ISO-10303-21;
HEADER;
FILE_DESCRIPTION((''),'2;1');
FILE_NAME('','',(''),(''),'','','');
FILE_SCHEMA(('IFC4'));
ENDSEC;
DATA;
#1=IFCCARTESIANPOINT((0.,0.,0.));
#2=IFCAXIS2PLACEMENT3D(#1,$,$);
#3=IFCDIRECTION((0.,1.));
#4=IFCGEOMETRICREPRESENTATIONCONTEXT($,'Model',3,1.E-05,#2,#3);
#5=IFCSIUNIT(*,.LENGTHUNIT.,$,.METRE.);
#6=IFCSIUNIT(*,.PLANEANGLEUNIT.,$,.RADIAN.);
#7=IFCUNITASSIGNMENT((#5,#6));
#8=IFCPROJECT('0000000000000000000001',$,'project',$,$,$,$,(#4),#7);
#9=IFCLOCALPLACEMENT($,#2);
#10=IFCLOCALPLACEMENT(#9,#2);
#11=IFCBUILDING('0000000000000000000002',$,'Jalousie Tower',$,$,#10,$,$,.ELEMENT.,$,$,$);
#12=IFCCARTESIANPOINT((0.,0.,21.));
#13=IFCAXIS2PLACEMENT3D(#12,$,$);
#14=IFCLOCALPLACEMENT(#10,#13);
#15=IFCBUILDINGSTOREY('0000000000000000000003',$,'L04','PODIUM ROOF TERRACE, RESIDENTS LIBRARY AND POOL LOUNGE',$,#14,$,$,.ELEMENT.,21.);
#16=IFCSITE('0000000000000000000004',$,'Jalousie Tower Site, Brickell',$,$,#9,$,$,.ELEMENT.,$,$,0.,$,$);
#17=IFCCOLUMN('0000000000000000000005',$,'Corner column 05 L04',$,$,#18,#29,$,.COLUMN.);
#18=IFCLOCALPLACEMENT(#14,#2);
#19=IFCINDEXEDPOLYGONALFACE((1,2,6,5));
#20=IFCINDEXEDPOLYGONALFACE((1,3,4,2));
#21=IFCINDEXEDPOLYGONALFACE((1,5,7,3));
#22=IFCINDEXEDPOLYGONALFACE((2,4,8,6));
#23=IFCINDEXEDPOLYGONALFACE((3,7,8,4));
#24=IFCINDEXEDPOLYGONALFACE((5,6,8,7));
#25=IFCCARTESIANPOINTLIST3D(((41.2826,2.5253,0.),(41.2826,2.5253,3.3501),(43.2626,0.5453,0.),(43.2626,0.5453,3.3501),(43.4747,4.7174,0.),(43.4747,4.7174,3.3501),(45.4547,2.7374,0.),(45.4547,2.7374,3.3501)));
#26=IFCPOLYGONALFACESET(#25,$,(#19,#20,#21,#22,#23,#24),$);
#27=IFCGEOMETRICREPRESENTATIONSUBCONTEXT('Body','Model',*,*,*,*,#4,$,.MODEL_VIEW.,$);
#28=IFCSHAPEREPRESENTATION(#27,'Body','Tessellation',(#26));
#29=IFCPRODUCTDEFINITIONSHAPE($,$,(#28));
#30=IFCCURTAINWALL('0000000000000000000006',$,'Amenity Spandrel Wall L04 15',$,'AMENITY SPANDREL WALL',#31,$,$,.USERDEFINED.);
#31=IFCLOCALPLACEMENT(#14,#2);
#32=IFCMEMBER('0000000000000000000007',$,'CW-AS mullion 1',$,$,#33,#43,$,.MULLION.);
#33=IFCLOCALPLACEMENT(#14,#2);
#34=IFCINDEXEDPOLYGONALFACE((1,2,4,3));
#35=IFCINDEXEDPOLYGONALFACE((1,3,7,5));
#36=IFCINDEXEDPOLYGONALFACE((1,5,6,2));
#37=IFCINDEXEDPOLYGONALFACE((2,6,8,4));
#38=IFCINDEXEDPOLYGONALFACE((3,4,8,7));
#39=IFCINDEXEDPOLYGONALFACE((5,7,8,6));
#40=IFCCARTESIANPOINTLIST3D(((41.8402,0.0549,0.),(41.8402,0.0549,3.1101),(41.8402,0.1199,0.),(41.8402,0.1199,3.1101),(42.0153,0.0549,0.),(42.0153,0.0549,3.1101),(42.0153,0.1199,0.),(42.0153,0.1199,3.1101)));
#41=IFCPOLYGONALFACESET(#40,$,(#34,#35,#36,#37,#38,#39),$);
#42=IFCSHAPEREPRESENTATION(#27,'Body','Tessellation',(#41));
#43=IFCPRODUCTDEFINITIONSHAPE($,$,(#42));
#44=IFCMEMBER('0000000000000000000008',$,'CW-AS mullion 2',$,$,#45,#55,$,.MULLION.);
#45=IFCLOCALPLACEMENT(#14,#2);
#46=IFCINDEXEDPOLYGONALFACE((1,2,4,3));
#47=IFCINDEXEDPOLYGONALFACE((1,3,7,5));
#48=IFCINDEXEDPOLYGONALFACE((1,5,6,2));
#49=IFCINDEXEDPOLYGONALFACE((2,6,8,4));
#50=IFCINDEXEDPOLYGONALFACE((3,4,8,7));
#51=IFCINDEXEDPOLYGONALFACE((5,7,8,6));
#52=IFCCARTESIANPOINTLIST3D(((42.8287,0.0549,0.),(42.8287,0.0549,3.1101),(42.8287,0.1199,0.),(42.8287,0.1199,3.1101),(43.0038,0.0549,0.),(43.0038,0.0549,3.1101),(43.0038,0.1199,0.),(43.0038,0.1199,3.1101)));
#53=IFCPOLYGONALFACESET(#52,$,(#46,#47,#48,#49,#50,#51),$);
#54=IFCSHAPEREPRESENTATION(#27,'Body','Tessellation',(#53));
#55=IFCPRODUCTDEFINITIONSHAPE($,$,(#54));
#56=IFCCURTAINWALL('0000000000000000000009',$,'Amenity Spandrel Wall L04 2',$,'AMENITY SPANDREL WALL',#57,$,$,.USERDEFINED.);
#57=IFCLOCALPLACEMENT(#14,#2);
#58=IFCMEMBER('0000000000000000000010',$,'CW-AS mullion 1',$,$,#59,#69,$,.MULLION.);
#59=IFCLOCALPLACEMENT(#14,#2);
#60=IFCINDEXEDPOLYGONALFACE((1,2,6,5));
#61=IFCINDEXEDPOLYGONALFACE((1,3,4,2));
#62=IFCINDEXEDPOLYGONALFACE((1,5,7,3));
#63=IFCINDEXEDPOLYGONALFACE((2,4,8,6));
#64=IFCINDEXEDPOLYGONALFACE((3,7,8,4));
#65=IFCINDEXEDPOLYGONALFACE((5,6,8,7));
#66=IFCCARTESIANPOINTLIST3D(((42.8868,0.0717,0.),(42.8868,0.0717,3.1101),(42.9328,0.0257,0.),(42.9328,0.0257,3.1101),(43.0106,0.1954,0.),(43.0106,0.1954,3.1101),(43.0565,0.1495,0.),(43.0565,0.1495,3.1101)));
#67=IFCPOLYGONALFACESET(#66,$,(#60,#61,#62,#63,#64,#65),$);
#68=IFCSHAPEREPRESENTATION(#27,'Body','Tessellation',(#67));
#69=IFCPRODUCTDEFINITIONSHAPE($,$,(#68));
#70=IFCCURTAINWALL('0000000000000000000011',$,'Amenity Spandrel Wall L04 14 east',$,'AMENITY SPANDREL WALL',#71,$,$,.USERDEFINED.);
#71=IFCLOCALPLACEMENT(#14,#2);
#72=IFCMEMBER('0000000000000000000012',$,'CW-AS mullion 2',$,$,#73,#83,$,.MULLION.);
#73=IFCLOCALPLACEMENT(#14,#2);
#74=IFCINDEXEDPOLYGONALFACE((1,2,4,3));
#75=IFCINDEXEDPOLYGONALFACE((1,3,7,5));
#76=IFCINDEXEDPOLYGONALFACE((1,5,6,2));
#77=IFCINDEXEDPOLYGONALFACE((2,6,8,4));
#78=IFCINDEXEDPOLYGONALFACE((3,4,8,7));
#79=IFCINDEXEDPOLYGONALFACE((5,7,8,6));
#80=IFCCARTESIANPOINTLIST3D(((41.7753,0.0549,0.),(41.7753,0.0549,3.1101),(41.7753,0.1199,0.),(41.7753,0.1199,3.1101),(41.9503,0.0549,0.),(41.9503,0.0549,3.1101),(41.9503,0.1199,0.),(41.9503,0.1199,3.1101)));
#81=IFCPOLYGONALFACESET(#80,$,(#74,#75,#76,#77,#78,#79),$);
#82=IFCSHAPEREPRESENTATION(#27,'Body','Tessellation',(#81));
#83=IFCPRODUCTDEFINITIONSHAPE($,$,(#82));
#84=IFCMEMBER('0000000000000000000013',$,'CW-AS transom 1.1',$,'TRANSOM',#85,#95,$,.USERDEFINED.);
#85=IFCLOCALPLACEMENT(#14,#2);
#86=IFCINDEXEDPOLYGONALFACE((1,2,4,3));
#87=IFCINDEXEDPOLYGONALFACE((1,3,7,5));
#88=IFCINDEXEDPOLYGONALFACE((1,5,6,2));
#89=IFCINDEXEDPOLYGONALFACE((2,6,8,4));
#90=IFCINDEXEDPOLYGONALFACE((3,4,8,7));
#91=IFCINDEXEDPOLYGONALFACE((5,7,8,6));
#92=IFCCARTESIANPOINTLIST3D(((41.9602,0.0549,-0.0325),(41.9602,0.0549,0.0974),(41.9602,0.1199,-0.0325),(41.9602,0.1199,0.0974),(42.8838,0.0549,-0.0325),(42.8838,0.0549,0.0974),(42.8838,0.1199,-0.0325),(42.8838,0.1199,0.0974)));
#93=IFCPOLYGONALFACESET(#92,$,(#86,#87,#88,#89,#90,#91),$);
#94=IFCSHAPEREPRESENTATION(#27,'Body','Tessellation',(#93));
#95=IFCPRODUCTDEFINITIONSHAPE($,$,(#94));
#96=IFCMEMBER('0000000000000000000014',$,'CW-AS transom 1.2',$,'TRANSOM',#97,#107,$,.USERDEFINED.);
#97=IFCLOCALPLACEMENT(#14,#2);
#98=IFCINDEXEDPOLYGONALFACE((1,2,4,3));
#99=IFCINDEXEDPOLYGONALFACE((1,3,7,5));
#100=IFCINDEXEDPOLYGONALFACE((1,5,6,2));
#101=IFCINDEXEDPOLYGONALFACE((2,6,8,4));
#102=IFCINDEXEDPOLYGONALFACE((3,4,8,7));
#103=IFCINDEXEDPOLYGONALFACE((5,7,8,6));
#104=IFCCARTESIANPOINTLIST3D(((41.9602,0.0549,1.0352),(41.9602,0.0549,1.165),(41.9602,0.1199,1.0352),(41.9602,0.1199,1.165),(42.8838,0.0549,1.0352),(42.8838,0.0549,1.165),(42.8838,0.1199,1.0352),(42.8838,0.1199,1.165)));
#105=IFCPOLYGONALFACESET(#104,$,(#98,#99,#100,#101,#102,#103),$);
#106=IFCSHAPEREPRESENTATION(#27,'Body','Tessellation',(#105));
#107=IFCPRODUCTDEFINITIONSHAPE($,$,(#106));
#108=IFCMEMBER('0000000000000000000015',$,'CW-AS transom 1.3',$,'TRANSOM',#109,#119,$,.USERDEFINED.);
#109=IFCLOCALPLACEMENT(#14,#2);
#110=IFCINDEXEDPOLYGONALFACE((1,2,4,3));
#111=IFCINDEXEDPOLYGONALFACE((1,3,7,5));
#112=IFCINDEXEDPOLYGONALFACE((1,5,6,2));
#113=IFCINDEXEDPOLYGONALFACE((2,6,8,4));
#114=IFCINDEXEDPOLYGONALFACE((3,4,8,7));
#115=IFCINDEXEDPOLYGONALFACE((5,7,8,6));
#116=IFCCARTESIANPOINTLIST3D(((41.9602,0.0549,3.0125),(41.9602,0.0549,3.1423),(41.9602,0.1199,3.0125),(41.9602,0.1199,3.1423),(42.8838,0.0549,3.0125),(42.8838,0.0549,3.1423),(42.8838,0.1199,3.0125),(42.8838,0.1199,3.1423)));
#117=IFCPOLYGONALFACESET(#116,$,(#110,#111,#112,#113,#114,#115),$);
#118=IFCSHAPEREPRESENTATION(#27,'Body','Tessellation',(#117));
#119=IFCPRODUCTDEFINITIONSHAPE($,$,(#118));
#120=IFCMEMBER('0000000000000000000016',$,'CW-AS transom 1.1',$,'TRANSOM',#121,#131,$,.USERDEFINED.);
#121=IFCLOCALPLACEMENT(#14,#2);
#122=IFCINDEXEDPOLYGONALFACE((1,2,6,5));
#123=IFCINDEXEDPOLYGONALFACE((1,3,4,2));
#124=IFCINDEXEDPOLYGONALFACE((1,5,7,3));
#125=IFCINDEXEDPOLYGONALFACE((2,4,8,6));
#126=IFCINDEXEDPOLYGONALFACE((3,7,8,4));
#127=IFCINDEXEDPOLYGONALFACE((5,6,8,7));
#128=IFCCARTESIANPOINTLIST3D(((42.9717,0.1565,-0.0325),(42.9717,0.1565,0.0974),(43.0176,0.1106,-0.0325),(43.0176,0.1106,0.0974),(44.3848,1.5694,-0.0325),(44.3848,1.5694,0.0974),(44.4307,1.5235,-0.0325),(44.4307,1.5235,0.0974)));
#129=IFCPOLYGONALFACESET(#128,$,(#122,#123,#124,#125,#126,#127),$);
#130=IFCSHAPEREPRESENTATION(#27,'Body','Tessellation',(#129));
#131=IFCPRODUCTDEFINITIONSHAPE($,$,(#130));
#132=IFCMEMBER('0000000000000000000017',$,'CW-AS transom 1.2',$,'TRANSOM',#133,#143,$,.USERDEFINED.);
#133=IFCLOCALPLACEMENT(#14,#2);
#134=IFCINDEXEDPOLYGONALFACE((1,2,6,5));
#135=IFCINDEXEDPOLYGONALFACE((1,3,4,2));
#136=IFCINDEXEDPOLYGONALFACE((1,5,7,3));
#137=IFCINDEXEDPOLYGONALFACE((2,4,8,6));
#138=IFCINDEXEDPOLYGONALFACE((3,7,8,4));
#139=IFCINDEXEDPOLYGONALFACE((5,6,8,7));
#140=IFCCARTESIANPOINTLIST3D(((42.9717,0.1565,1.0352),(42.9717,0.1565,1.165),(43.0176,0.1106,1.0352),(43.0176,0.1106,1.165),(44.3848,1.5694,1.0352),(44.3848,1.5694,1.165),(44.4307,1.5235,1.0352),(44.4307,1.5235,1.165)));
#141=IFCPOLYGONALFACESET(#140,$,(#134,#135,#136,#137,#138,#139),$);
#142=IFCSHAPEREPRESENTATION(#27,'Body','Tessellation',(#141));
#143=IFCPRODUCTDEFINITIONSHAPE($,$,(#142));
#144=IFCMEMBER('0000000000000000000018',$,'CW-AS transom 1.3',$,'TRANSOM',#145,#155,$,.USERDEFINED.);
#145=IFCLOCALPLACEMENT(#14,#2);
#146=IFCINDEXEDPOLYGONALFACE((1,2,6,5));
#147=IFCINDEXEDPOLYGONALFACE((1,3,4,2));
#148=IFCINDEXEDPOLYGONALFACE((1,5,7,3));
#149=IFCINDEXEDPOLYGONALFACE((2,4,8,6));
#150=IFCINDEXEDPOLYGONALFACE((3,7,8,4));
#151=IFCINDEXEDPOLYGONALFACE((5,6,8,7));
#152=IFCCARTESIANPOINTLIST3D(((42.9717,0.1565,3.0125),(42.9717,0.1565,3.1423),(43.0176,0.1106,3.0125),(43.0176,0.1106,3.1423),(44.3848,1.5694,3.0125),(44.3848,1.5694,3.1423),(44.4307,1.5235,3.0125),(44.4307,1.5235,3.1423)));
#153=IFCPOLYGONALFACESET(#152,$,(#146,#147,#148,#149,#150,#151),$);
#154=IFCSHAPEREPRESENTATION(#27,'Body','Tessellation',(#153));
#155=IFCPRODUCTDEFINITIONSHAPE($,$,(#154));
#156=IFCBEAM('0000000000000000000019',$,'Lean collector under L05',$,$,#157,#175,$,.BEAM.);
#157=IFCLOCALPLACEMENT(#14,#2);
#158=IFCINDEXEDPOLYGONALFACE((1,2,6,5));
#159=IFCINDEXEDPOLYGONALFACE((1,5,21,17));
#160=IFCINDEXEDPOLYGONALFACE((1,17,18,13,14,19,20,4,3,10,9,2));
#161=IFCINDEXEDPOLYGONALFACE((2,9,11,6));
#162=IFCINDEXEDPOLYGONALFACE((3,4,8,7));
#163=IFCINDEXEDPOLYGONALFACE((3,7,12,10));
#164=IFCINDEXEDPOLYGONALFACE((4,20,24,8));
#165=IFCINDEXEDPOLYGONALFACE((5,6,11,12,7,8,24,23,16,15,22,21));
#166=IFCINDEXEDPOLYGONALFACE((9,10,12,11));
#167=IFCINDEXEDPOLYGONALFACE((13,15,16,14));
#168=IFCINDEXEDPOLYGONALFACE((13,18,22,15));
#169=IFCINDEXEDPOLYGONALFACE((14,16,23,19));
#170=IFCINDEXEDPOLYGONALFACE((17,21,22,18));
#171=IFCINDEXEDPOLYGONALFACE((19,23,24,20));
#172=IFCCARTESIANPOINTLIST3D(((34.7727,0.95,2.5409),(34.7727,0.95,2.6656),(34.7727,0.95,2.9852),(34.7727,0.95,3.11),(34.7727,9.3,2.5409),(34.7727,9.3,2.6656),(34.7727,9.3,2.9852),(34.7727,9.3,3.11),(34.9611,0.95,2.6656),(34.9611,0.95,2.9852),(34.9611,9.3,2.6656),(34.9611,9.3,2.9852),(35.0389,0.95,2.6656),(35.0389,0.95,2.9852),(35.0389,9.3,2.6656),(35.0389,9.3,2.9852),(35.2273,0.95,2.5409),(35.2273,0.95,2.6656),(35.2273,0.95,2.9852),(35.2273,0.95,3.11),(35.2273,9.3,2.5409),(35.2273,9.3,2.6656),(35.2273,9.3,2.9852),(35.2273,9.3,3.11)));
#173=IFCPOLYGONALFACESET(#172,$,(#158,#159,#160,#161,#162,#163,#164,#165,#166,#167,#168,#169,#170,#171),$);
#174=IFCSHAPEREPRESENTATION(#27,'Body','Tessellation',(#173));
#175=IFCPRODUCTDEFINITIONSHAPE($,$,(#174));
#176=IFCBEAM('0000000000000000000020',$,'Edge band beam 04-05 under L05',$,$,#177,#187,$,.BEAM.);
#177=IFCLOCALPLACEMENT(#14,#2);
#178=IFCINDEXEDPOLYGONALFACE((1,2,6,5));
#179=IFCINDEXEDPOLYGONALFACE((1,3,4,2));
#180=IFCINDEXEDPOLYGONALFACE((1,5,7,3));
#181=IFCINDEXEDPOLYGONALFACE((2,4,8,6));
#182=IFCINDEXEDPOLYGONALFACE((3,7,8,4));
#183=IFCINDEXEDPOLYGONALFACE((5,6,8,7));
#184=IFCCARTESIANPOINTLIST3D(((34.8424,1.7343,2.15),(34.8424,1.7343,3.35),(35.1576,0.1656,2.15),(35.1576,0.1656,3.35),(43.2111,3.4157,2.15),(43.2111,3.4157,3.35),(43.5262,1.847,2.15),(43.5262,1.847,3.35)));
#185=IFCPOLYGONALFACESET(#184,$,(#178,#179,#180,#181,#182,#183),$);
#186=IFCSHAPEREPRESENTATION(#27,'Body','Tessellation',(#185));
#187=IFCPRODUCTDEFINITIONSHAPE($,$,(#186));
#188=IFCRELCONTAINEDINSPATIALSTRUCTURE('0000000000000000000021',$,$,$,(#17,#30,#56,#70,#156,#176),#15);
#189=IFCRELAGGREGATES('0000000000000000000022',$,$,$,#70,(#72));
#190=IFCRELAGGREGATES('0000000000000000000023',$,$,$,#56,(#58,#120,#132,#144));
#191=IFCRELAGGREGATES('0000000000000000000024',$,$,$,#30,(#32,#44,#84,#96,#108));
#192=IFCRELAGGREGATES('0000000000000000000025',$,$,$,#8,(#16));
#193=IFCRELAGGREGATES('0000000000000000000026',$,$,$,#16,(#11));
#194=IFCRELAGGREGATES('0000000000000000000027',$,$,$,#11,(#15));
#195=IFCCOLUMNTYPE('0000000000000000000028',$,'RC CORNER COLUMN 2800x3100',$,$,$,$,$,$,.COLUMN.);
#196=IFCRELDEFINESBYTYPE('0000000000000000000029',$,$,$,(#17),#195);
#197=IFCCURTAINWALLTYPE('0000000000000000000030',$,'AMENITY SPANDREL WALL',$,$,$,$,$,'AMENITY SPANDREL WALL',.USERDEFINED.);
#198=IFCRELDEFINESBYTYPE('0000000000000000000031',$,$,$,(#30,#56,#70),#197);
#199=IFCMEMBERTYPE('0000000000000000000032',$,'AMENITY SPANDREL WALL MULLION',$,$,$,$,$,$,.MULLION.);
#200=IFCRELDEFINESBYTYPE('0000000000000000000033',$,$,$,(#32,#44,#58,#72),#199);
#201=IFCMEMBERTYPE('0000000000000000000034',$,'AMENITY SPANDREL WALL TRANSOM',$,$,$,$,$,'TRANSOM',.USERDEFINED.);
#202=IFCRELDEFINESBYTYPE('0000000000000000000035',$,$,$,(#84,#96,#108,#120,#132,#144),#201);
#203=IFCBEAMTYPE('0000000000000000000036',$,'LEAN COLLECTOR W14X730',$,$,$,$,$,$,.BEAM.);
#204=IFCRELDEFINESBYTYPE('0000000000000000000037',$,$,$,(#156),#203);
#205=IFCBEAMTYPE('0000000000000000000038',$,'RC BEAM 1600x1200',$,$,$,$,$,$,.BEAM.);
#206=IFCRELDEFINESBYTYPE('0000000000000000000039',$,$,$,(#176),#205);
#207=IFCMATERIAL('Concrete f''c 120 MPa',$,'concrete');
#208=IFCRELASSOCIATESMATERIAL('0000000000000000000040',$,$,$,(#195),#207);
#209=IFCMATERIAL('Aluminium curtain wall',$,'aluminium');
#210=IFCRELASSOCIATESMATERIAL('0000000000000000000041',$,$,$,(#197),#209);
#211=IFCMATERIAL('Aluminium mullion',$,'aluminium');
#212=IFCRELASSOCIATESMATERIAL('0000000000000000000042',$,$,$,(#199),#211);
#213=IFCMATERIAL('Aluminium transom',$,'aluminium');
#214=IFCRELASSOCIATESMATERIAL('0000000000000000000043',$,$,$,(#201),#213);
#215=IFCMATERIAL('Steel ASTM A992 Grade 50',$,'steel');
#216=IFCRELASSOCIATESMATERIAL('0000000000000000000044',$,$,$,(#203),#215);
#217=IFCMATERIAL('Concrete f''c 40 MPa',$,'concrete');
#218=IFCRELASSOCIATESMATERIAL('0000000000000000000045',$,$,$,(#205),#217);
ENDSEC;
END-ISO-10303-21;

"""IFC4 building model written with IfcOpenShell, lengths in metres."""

from ifc_helpers import new_model, si_unit, direction, frame, origin, origin_2d, place, context, subcontext, project, spatial, rectangle, i_section, extrude, material, material_profile, profile_set, type_object, element, aggregate, save


model = new_model("IFC4")

# Units and contexts
model_context = context("Model", 3, precision=1e-05, world=origin(), true_north=direction((0.0, 1.0)))
body_context = subcontext(model_context, "Body", "Model", "MODEL_VIEW")
ifc_project = project(units=[si_unit("LENGTHUNIT", "METRE"), si_unit("PLANEANGLEUNIT", "RADIAN")], contexts=[model_context])

# Site, building, storey
site_placement = place(None, origin())
site = spatial("IfcSite", under=ifc_project, at=site_placement, Name="Jalousie Tower Site, Brickell", CompositionType="ELEMENT", RefElevation=0.0)
building_placement = place(site_placement, origin())
building = spatial("IfcBuilding", under=site, at=building_placement, Name="Jalousie Tower", CompositionType="ELEMENT")
storey_placement = place(building_placement, frame((0.0, 0.0, 21.0)))
storey = spatial("IfcBuildingStorey", under=building, at=storey_placement, Name="L04", Description="PODIUM ROOF TERRACE, RESIDENTS LIBRARY AND POOL LOUNGE", CompositionType="ELEMENT", Elevation=21.0)

# Column
ifc_material_1 = material(Name="Concrete f'c 120 MPa", Category="concrete")
ifc_material_profile_1 = material_profile(ifc_material_1, rectangle(XDim=2.8, YDim=3.1001, at=origin_2d()), Name="RC 2800x3100")
ifc_profile_set_1 = profile_set([ifc_material_profile_1], Name="Concrete f'c 120 MPa")
column_type = type_object("IfcColumnType", Name="RC CORNER COLUMN 2800x3100", PredefinedType="COLUMN", material=ifc_profile_set_1)
column_placement = place(storey_placement, frame((43.3687, 2.6313, 0.0), z_axis=(0.0, 0.0, 1.0), x_axis=(-0.707107, 0.707107, 0.0)))
element("IfcColumn", 1, at=column_placement, inside=storey, type_object=column_type, Name="Corner column 05 L04", PredefinedType="COLUMN", context=body_context, shape_type="SweptSolid", body=[
    extrude(rectangle(XDim=2.8, YDim=3.1001, at=origin_2d()), origin(), (0.0, 0.0, 1.0), 3.3501),
])

# Curtain wall, members
ifc_material_2 = material(Name="Aluminium curtain wall", Category="aluminium")
curtain_wall_type = type_object("IfcCurtainWallType", Name="AMENITY SPANDREL WALL", ElementType="AMENITY SPANDREL WALL", PredefinedType="USERDEFINED", material=ifc_material_2)
curtain_wall_1_placement = place(storey_placement, origin())
curtain_wall_1 = element("IfcCurtainWall", 2, at=curtain_wall_1_placement, inside=storey, type_object=curtain_wall_type, Name="Amenity Spandrel Wall L04 15", ObjectType="AMENITY SPANDREL WALL", PredefinedType="USERDEFINED")
ifc_material_3 = material(Name="Aluminium mullion", Category="aluminium")
ifc_material_profile_2 = material_profile(ifc_material_3, rectangle(XDim=0.0649, YDim=0.175, at=origin_2d()), Name="MULLION 65x175")
ifc_profile_set_2 = profile_set([ifc_material_profile_2], Name="Aluminium mullion")
member_type_1 = type_object("IfcMemberType", Name="AMENITY SPANDREL WALL MULLION", PredefinedType="MULLION", material=ifc_profile_set_2)
member_1_placement = place(storey_placement, frame((41.9277, 0.0874, 0.0), z_axis=(0.0, 0.0, 1.0), x_axis=(0.0, 1.0, 0.0)))
member_1 = element("IfcMember", 3, at=member_1_placement, type_object=member_type_1, Name="CW-AS mullion 1", PredefinedType="MULLION", context=body_context, shape_type="SweptSolid", body=[
    extrude(rectangle(XDim=0.0649, YDim=0.175, at=origin_2d()), origin(), (0.0, 0.0, 1.0), 3.1101),
])
member_2_placement = place(storey_placement, frame((42.9163, 0.0874, 0.0), z_axis=(0.0, 0.0, 1.0), x_axis=(0.0, 1.0, 0.0)))
member_2 = element("IfcMember", 4, at=member_2_placement, type_object=member_type_1, Name="CW-AS mullion 2", PredefinedType="MULLION", context=body_context, shape_type="SweptSolid", body=[
    extrude(rectangle(XDim=0.0649, YDim=0.175, at=origin_2d()), origin(), (0.0, 0.0, 1.0), 3.1101),
])

# Curtain walls, members
curtain_wall_2_placement = place(storey_placement, origin())
curtain_wall_2 = element("IfcCurtainWall", 5, at=curtain_wall_2_placement, inside=storey, type_object=curtain_wall_type, Name="Amenity Spandrel Wall L04 2", ObjectType="AMENITY SPANDREL WALL", PredefinedType="USERDEFINED")
member_3_placement = place(storey_placement, frame((42.9717, 0.1106, 0.0), z_axis=(0.0, 0.0, 1.0), x_axis=(-0.707107, 0.707107, 0.0)))
member_3 = element("IfcMember", 6, at=member_3_placement, type_object=member_type_1, Name="CW-AS mullion 1", PredefinedType="MULLION", context=body_context, shape_type="SweptSolid", body=[
    extrude(rectangle(XDim=0.0649, YDim=0.175, at=origin_2d()), origin(), (0.0, 0.0, 1.0), 3.1101),
])
curtain_wall_3_placement = place(storey_placement, origin())
curtain_wall_3 = element("IfcCurtainWall", 7, at=curtain_wall_3_placement, inside=storey, type_object=curtain_wall_type, Name="Amenity Spandrel Wall L04 14 east", ObjectType="AMENITY SPANDREL WALL", PredefinedType="USERDEFINED")
member_4_placement = place(storey_placement, frame((41.8628, 0.0874, 0.0), z_axis=(0.0, 0.0, 1.0), x_axis=(0.0, 1.0, 0.0)))
member_4 = element("IfcMember", 8, at=member_4_placement, type_object=member_type_1, Name="CW-AS mullion 2", PredefinedType="MULLION", context=body_context, shape_type="SweptSolid", body=[
    extrude(rectangle(XDim=0.0649, YDim=0.175, at=origin_2d()), origin(), (0.0, 0.0, 1.0), 3.1101),
])
aggregate(curtain_wall_3, [member_4])

# Members
ifc_material_4 = material(Name="Aluminium transom", Category="aluminium")
ifc_material_profile_3 = material_profile(ifc_material_4, rectangle(XDim=0.0649, YDim=0.1299, at=origin_2d()), Name="TRANSOM 65x130")
ifc_profile_set_3 = profile_set([ifc_material_profile_3], Name="Aluminium transom")
member_type_2 = type_object("IfcMemberType", Name="AMENITY SPANDREL WALL TRANSOM", ElementType="TRANSOM", PredefinedType="USERDEFINED", material=ifc_profile_set_3)
member_5_placement = place(storey_placement, frame((41.9602, 0.0874, 0.0325), z_axis=(1.0, 0.0, 0.0), x_axis=(0.0, 1.0, 0.0)))
member_5 = element("IfcMember", 9, at=member_5_placement, type_object=member_type_2, Name="CW-AS transom 1.1", ObjectType="TRANSOM", PredefinedType="USERDEFINED", context=body_context, shape_type="SweptSolid", body=[
    extrude(rectangle(XDim=0.0649, YDim=0.1299, at=origin_2d()), origin(), (0.0, 0.0, 1.0), 0.9236),
])
member_6_placement = place(storey_placement, frame((41.9602, 0.0874, 1.1001), z_axis=(1.0, 0.0, 0.0), x_axis=(0.0, 1.0, 0.0)))
member_6 = element("IfcMember", 10, at=member_6_placement, type_object=member_type_2, Name="CW-AS transom 1.2", ObjectType="TRANSOM", PredefinedType="USERDEFINED", context=body_context, shape_type="SweptSolid", body=[
    extrude(rectangle(XDim=0.0649, YDim=0.1299, at=origin_2d()), origin(), (0.0, 0.0, 1.0), 0.9236),
])
member_7_placement = place(storey_placement, frame((41.9602, 0.0874, 3.0774), z_axis=(1.0, 0.0, 0.0), x_axis=(0.0, 1.0, 0.0)))
member_7 = element("IfcMember", 11, at=member_7_placement, type_object=member_type_2, Name="CW-AS transom 1.3", ObjectType="TRANSOM", PredefinedType="USERDEFINED", context=body_context, shape_type="SweptSolid", body=[
    extrude(rectangle(XDim=0.0649, YDim=0.1299, at=origin_2d()), origin(), (0.0, 0.0, 1.0), 0.9236),
])
member_8_placement = place(storey_placement, frame((42.9946, 0.1335, 0.0325), z_axis=(0.707168, 0.707046, 0.0), x_axis=(-0.707046, 0.707168, 0.0)))
member_8 = element("IfcMember", 12, at=member_8_placement, type_object=member_type_2, Name="CW-AS transom 1.1", ObjectType="TRANSOM", PredefinedType="USERDEFINED", context=body_context, shape_type="SweptSolid", body=[
    extrude(rectangle(XDim=0.0649, YDim=0.1299, at=origin_2d()), origin(), (0.0, 0.0, 1.0), 1.9983),
])
member_9_placement = place(storey_placement, frame((42.9946, 0.1335, 1.1001), z_axis=(0.707168, 0.707046, 0.0), x_axis=(-0.707046, 0.707168, 0.0)))
member_9 = element("IfcMember", 13, at=member_9_placement, type_object=member_type_2, Name="CW-AS transom 1.2", ObjectType="TRANSOM", PredefinedType="USERDEFINED", context=body_context, shape_type="SweptSolid", body=[
    extrude(rectangle(XDim=0.0649, YDim=0.1299, at=origin_2d()), origin(), (0.0, 0.0, 1.0), 1.9983),
])
member_10_placement = place(storey_placement, frame((42.9946, 0.1335, 3.0774), z_axis=(0.707168, 0.707046, 0.0), x_axis=(-0.707046, 0.707168, 0.0)))
member_10 = element("IfcMember", 14, at=member_10_placement, type_object=member_type_2, Name="CW-AS transom 1.3", ObjectType="TRANSOM", PredefinedType="USERDEFINED", context=body_context, shape_type="SweptSolid", body=[
    extrude(rectangle(XDim=0.0649, YDim=0.1299, at=origin_2d()), origin(), (0.0, 0.0, 1.0), 1.9983),
])
aggregate(curtain_wall_2, [member_3, member_8, member_9, member_10])

# Beams
ifc_material_5 = material(Name="Steel ASTM A992 Grade 50", Category="steel")
ifc_material_profile_4 = material_profile(ifc_material_5, i_section(OverallWidth=0.4546, OverallDepth=0.5691, WebThickness=0.0779, FlangeThickness=0.1248, at=origin_2d()), Name="W14X730")
ifc_profile_set_4 = profile_set([ifc_material_profile_4], Name="Steel ASTM A992 Grade 50")
beam_type_1 = type_object("IfcBeamType", Name="LEAN COLLECTOR W14X730", PredefinedType="BEAM", material=ifc_profile_set_4)
beam_1_placement = place(storey_placement, frame((35.0, 0.95, 2.8254), z_axis=(0.0, 1.0, 0.0), x_axis=(-1.0, 0.0, 0.0)))
element("IfcBeam", 15, at=beam_1_placement, inside=storey, type_object=beam_type_1, Name="Lean collector under L05", PredefinedType="BEAM", context=body_context, shape_type="SweptSolid", body=[
    extrude(i_section(OverallWidth=0.4546, OverallDepth=0.5691, WebThickness=0.0779, FlangeThickness=0.1248, at=origin_2d()), origin(), (0.0, 0.0, 1.0), 8.3501),
])
ifc_material_6 = material(Name="Concrete f'c 40 MPa", Category="concrete")
ifc_material_profile_5 = material_profile(ifc_material_6, rectangle(XDim=1.6001, YDim=1.2, at=origin_2d()), Name="RC 1600x1200")
ifc_profile_set_5 = profile_set([ifc_material_profile_5], Name="Concrete f'c 40 MPa")
beam_type_2 = type_object("IfcBeamType", Name="RC BEAM 1600x1200", PredefinedType="BEAM", material=ifc_profile_set_5)
beam_2_placement = place(storey_placement, frame((35.0, 0.95, 2.75), z_axis=(0.980408, 0.19698, 0.0), x_axis=(-0.19698, 0.980408, 0.0)))
element("IfcBeam", 16, at=beam_2_placement, inside=storey, type_object=beam_type_2, Name="Edge band beam 04-05 under L05", PredefinedType="BEAM", context=body_context, shape_type="SweptSolid", body=[
    extrude(rectangle(XDim=1.6001, YDim=1.2, at=origin_2d()), origin(), (0.0, 0.0, 1.0), 8.5359),
])

aggregate(curtain_wall_1, [member_1, member_2, member_5, member_6, member_7])

save(model, "model.ifc")
